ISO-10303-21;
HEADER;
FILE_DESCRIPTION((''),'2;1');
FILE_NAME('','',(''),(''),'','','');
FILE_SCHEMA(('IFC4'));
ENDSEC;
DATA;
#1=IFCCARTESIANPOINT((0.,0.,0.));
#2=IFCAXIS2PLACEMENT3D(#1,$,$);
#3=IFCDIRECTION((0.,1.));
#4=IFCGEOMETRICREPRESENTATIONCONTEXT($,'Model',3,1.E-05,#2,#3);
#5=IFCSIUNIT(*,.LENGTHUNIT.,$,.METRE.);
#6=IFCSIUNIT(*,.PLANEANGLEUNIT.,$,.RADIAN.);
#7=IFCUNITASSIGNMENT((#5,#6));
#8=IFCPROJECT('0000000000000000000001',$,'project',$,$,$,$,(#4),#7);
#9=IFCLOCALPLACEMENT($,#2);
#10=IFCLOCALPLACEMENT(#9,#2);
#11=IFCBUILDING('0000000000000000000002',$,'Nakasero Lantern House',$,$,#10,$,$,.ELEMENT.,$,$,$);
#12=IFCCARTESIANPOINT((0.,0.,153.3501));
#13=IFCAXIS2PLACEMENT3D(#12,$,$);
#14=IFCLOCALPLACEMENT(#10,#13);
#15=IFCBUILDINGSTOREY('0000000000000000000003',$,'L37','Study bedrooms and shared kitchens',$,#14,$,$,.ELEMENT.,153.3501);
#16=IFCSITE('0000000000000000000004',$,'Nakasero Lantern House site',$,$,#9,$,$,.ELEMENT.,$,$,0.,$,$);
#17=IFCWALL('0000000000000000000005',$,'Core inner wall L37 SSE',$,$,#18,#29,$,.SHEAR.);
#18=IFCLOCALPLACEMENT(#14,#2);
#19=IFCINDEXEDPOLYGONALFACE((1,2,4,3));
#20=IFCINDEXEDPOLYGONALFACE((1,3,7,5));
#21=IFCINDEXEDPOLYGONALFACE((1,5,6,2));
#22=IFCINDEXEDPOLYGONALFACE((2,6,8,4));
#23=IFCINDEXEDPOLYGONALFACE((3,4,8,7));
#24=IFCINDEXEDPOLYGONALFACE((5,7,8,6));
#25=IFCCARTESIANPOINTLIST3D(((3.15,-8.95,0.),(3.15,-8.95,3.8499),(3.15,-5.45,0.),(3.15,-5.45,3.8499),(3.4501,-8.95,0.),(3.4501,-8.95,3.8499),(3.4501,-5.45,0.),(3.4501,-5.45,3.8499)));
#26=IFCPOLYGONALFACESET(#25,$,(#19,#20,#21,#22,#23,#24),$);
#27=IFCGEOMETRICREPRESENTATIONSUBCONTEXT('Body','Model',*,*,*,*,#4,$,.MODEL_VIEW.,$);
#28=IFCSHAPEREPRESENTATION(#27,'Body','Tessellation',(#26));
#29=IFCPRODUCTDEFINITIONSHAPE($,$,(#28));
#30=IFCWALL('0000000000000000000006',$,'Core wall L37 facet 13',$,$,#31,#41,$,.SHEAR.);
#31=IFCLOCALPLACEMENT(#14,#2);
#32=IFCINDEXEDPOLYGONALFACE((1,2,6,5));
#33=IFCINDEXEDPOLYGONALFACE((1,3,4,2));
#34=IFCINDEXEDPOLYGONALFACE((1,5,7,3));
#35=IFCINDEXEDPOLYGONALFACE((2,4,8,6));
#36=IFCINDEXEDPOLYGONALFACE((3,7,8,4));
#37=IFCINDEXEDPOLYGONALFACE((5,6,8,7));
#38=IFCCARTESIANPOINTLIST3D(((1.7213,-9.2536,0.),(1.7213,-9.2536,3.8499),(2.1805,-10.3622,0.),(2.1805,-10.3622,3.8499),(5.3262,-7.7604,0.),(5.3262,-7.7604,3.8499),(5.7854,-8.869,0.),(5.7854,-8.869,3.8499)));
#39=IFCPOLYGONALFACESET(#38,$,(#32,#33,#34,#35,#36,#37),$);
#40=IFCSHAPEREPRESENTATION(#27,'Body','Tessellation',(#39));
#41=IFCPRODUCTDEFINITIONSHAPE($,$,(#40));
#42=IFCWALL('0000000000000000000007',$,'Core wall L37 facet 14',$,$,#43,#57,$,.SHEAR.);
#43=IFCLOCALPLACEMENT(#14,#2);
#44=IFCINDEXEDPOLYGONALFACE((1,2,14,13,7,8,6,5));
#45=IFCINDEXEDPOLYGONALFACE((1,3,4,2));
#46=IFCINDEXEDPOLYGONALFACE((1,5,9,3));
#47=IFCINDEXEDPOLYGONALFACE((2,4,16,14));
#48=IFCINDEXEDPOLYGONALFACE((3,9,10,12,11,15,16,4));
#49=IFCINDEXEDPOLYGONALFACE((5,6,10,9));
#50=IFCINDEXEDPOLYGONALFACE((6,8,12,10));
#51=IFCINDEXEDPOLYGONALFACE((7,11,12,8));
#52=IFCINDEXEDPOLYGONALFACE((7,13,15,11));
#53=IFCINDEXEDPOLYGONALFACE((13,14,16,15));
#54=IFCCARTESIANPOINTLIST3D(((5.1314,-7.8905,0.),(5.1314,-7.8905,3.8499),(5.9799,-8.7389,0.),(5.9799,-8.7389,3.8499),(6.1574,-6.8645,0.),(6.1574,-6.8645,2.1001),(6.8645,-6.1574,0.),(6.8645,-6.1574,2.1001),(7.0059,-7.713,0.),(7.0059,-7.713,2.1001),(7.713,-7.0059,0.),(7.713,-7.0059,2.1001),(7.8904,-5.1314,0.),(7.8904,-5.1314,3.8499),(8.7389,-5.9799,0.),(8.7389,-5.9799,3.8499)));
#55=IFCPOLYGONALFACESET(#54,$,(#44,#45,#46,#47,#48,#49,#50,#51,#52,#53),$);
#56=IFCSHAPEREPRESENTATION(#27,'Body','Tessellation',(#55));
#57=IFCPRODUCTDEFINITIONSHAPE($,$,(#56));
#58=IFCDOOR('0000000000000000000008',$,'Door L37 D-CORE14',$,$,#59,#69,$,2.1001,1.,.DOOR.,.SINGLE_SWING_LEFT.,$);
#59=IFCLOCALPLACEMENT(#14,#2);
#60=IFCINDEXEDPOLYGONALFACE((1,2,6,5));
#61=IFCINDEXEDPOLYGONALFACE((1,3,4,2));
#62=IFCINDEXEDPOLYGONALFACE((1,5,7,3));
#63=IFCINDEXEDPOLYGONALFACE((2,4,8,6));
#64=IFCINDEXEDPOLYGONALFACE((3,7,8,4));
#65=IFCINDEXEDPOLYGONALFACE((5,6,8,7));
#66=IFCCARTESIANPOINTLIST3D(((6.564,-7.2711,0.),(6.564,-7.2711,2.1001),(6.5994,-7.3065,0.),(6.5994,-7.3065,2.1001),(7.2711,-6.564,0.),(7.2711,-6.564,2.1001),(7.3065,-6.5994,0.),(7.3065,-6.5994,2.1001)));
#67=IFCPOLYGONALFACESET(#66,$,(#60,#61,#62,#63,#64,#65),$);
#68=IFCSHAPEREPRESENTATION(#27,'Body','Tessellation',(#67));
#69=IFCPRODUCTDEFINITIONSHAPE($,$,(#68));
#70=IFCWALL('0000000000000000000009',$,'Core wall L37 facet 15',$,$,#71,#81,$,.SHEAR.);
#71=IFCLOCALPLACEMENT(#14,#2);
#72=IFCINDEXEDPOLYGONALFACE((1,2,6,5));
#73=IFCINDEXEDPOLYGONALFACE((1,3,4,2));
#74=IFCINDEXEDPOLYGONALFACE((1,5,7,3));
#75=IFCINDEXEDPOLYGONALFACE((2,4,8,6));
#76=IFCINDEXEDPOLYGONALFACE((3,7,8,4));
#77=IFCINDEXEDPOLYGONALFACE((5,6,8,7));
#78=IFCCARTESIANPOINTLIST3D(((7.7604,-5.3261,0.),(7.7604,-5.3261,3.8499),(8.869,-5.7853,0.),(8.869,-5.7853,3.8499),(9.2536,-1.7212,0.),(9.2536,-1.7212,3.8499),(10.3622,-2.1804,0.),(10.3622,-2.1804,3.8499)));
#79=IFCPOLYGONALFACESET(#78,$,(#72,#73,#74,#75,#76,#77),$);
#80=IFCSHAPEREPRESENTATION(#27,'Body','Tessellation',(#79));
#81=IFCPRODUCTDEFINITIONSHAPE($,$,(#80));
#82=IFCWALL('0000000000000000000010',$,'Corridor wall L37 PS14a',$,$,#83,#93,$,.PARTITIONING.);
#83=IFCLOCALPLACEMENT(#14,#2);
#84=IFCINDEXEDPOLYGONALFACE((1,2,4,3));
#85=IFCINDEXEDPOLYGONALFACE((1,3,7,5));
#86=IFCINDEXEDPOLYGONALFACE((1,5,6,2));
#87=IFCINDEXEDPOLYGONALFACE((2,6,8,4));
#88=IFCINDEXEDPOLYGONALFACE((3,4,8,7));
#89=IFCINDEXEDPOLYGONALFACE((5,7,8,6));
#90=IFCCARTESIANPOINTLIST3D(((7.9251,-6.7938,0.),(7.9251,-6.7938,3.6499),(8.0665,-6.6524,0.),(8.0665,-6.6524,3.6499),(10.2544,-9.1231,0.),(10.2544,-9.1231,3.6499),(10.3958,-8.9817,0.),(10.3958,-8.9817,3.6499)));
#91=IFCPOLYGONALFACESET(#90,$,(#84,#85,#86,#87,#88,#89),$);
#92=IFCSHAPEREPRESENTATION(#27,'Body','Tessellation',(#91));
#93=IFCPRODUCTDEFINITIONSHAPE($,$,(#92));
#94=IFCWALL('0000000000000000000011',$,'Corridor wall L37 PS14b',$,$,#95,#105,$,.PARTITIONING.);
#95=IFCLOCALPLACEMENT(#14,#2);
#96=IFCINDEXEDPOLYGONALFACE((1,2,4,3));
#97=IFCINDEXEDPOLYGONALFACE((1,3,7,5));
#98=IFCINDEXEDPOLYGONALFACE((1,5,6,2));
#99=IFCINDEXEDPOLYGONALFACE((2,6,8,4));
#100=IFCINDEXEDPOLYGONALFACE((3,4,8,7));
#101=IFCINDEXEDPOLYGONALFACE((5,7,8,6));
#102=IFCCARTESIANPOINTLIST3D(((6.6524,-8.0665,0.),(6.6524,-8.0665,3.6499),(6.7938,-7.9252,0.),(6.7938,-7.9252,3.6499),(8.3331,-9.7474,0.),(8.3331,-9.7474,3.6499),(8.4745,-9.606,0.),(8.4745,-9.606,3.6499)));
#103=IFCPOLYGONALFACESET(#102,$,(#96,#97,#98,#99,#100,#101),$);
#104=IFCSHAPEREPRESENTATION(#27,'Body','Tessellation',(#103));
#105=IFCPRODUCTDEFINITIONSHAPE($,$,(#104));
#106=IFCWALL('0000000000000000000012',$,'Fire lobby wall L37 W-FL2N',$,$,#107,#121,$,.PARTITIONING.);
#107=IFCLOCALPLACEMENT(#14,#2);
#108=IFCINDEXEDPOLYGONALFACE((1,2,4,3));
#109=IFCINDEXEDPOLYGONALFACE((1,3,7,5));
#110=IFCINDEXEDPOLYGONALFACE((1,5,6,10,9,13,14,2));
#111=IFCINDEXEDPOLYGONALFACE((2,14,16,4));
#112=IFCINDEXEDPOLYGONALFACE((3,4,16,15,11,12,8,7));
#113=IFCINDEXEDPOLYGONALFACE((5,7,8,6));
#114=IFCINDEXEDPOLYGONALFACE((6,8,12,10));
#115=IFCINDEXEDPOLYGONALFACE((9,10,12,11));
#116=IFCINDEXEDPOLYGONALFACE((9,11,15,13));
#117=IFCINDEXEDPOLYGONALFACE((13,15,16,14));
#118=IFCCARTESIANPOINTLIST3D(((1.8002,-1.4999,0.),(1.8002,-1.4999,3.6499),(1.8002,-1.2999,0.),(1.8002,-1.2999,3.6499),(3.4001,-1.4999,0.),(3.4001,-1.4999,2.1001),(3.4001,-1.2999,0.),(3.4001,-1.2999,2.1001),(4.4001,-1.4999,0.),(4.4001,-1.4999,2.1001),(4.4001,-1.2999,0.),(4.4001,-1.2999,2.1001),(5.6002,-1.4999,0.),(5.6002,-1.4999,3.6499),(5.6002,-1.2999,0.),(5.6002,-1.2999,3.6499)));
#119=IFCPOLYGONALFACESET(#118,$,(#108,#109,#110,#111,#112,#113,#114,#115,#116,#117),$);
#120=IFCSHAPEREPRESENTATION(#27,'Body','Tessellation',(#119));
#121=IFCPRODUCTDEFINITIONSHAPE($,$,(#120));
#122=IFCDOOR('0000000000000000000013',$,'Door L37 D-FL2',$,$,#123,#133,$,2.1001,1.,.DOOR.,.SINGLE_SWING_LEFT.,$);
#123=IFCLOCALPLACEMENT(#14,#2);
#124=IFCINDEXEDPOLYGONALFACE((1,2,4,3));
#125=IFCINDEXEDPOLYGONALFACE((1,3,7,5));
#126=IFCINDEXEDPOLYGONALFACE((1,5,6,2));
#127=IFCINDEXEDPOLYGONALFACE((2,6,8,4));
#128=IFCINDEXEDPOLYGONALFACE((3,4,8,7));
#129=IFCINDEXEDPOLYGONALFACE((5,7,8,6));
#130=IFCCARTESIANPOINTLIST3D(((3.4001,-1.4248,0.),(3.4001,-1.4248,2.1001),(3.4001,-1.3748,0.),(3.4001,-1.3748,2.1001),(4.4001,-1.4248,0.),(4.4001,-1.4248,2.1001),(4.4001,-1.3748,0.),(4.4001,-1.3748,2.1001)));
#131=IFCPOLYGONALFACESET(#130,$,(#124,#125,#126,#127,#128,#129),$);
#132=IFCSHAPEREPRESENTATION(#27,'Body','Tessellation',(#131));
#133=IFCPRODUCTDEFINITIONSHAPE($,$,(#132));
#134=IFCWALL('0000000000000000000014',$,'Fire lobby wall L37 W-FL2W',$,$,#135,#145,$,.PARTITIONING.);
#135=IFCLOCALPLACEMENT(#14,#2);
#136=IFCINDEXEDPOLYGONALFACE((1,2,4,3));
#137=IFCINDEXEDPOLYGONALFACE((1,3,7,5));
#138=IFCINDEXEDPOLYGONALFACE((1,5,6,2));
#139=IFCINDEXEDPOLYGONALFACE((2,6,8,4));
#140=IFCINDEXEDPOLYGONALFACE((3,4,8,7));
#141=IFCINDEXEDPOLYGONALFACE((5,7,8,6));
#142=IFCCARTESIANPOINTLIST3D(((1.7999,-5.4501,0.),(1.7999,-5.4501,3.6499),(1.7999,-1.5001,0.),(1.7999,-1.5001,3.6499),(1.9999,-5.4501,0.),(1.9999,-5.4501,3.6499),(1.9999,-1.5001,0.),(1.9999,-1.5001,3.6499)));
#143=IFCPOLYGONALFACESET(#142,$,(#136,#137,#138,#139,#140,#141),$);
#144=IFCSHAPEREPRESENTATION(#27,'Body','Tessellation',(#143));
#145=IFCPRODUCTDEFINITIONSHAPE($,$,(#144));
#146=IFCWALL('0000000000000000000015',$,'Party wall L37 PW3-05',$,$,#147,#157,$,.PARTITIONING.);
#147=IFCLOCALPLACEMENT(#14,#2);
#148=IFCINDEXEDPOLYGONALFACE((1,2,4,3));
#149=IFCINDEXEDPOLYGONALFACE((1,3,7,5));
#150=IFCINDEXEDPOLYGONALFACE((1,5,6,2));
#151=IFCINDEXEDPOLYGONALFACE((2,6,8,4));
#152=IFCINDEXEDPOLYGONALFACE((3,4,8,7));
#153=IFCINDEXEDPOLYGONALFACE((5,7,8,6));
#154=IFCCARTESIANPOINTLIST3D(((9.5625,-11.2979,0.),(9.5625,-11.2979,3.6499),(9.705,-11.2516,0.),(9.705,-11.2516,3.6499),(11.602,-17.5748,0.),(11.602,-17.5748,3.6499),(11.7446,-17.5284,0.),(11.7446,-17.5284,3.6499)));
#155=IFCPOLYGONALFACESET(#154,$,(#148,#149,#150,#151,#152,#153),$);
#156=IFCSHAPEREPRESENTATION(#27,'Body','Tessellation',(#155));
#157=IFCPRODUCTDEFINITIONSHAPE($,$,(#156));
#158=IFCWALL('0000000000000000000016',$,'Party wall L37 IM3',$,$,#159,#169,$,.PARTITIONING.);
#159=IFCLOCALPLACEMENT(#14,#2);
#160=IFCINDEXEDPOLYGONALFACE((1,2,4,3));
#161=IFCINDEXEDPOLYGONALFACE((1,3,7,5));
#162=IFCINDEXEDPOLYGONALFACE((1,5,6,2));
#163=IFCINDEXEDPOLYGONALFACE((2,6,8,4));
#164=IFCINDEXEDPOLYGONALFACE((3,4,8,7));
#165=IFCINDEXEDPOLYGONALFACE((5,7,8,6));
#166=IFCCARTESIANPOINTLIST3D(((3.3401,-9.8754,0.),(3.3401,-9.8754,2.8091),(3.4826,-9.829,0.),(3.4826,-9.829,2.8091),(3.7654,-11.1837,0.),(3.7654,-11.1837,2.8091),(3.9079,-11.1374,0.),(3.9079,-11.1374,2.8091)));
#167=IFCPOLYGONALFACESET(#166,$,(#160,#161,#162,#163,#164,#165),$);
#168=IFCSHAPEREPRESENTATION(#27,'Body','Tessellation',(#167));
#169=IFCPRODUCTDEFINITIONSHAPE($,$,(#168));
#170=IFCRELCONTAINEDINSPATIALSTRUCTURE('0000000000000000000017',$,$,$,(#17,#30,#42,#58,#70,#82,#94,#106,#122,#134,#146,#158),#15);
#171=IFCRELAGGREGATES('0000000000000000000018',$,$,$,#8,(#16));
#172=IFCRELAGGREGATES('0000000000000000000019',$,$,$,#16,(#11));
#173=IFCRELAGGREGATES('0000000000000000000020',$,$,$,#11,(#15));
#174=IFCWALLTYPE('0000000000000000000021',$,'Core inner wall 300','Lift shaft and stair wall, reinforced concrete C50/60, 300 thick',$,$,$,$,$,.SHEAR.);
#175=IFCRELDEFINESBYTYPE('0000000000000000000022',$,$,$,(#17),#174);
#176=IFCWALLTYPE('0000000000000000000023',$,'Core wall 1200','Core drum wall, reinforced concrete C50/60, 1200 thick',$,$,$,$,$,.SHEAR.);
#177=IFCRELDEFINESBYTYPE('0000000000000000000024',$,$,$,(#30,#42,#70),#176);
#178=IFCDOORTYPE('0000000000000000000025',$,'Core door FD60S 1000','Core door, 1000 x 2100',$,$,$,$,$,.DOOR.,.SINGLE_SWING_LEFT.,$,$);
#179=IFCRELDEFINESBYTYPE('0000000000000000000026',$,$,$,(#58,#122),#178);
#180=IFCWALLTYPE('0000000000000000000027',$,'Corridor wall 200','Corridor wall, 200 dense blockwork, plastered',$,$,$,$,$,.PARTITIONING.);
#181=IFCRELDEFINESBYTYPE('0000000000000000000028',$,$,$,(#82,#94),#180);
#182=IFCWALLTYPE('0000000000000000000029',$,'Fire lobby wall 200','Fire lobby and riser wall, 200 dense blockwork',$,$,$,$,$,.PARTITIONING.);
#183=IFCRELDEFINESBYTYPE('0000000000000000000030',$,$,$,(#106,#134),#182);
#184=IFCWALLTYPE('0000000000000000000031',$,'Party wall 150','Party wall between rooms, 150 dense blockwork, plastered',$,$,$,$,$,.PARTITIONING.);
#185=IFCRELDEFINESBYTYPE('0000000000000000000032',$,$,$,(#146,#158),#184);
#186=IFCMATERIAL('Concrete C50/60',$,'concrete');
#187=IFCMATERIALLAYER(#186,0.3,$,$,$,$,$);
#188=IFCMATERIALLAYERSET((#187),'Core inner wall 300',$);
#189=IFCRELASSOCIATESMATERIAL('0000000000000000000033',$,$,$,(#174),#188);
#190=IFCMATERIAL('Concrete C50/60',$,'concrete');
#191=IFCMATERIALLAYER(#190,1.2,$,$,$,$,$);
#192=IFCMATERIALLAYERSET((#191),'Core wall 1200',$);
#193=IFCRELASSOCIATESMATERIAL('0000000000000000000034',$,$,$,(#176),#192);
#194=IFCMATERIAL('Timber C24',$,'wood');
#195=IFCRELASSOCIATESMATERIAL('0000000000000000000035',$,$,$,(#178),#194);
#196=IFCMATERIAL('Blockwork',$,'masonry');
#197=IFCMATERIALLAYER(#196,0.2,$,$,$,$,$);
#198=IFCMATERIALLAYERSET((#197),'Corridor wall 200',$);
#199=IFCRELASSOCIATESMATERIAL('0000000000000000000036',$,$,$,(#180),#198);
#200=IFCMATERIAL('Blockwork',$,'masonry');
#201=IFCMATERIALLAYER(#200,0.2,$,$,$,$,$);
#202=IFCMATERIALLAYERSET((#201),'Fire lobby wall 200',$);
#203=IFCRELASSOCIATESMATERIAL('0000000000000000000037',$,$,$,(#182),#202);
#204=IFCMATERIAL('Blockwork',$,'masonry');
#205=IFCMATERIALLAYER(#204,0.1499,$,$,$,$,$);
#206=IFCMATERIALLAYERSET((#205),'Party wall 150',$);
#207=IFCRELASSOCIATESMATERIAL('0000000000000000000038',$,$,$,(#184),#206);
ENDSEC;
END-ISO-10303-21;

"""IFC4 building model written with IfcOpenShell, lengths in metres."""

from ifc_helpers import new_model, si_unit, direction, frame, frame_2d, origin, place, context, subcontext, project, spatial, rectangle, extrude, material, layer, layer_set, type_object, element, fill, save


model = new_model("IFC4")

# Units and contexts
model_context = context("Model", 3, precision=1e-05, world=origin(), true_north=direction((0.0, 1.0)))
body_context = subcontext(model_context, "Body", "Model", "MODEL_VIEW")
ifc_project = project(units=[si_unit("LENGTHUNIT", "METRE"), si_unit("PLANEANGLEUNIT", "RADIAN")], contexts=[model_context])

# Site, building, storey
site_placement = place(None, origin())
site = spatial("IfcSite", under=ifc_project, at=site_placement, Name="Nakasero Lantern House site", CompositionType="ELEMENT", RefElevation=0.0)
building_placement = place(site_placement, origin())
building = spatial("IfcBuilding", under=site, at=building_placement, Name="Nakasero Lantern House", CompositionType="ELEMENT")
storey_placement = place(building_placement, frame((0.0, 0.0, 153.3501)))
storey = spatial("IfcBuildingStorey", under=building, at=storey_placement, Name="L37", Description="Study bedrooms and shared kitchens", CompositionType="ELEMENT", Elevation=153.3501)

# Shared definitions
ifc_material_1 = material(Name="Concrete C50/60", Category="concrete")
ifc_layer_1 = layer(ifc_material_1, 0.3)
ifc_layer_set_1 = layer_set([ifc_layer_1], Name="Core inner wall 300")
wall_type_1 = type_object("IfcWallType", Name="Core inner wall 300", Description="Lift shaft and stair wall, reinforced concrete C50/60, 300 thick", PredefinedType="SHEAR", material=ifc_layer_set_1)

# Walls
wall_1_placement = place(storey_placement, frame((3.3, -5.45, 0.0), z_axis=(0.0, 0.0, 1.0), x_axis=(0.0, -1.0, 0.0)))
element("IfcWall", 1, at=wall_1_placement, inside=storey, type_object=wall_type_1, Name="Core inner wall L37 SSE", PredefinedType="SHEAR", context=body_context, shape_type="SweptSolid", body=[
    extrude(rectangle(XDim=3.5, YDim=0.3, at=frame_2d((1.75, 0.0))), origin(), (0.0, 0.0, 1.0), 3.8499),
])
ifc_material_2 = material(Name="Concrete C50/60", Category="concrete")
ifc_layer_2 = layer(ifc_material_2, 1.2)
ifc_layer_set_2 = layer_set([ifc_layer_2], Name="Core wall 1200")
wall_type_2 = type_object("IfcWallType", Name="Core wall 1200", Description="Core drum wall, reinforced concrete C50/60, 1200 thick", PredefinedType="SHEAR", material=ifc_layer_set_2)
wall_2_placement = place(storey_placement, frame((1.9509, -9.8079, 0.0), z_axis=(0.0, 0.0, 1.0), x_axis=(0.923877, 0.382691, 0.0)))
element("IfcWall", 2, at=wall_2_placement, inside=storey, type_object=wall_type_2, Name="Core wall L37 facet 13", PredefinedType="SHEAR", context=body_context, shape_type="SweptSolid", body=[
    extrude(rectangle(XDim=3.9019, YDim=1.2, at=frame_2d((1.9509, 0.0))), origin(), (0.0, 0.0, 1.0), 3.8499),
])

# Wall, opening, door
wall_3_placement = place(storey_placement, frame((5.5557, -8.3147, 0.0), z_axis=(0.0, 0.0, 1.0), x_axis=(0.707107, 0.707107, 0.0)))
wall_3 = element("IfcWall", 3, at=wall_3_placement, inside=storey, type_object=wall_type_2, Name="Core wall L37 facet 14", PredefinedType="SHEAR", context=body_context, shape_type="SweptSolid", body=[
    extrude(rectangle(XDim=3.9019, YDim=1.2, at=frame_2d((1.9509, 0.0))), origin(), (0.0, 0.0, 1.0), 3.8499),
])
opening_1_placement = place(wall_3_placement, frame((1.4509, 0.0, 0.0)))
opening_1 = element("IfcOpeningElement", 4, at=opening_1_placement, cuts=wall_3, PredefinedType="OPENING", context=body_context, shape_type="SweptSolid", body=[
    extrude(rectangle(XDim=1.0, YDim=2.1001, at=frame_2d((0.5, 1.05))), frame((0.0, 0.6199, 0.0), z_axis=(0.0, -1.0, 0.0), x_axis=(1.0, 0.0, 0.0)), (0.0, 0.0, 1.0), 1.24),
])
ifc_material_3 = material(Name="Timber C24", Category="wood")
door_type_1 = type_object("IfcDoorType", Name="Core door FD60S 1000", Description="Core door, 1000 x 2100", OperationType="SINGLE_SWING_LEFT", PredefinedType="DOOR", material=ifc_material_3)
door_1_placement = place(opening_1_placement, origin())
door_1 = element("IfcDoor", 5, at=door_1_placement, inside=storey, type_object=door_type_1, Name="Door L37 D-CORE14", OperationType="SINGLE_SWING_LEFT", OverallHeight=2.1001, OverallWidth=1.0, PredefinedType="DOOR", context=body_context, shape_type="SweptSolid", body=[
    extrude(rectangle(XDim=1.0, YDim=2.1001, at=frame_2d((0.5, 1.05))), frame((0.0, 0.0249, 0.0), z_axis=(0.0, -1.0, 0.0), x_axis=(1.0, 0.0, 0.0)), (0.0, 0.0, 1.0), 0.05),
])
fill(opening_1, door_1)

# Walls
wall_4_placement = place(storey_placement, frame((8.3147, -5.5557, 0.0), z_axis=(0.0, 0.0, 1.0), x_axis=(0.382691, 0.923877, 0.0)))
element("IfcWall", 6, at=wall_4_placement, inside=storey, type_object=wall_type_2, Name="Core wall L37 facet 15", PredefinedType="SHEAR", context=body_context, shape_type="SweptSolid", body=[
    extrude(rectangle(XDim=3.9019, YDim=1.2, at=frame_2d((1.9509, 0.0))), origin(), (0.0, 0.0, 1.0), 3.8499),
])
ifc_material_4 = material(Name="Blockwork", Category="masonry")
ifc_layer_3 = layer(ifc_material_4, 0.2)
ifc_layer_set_3 = layer_set([ifc_layer_3], Name="Corridor wall 200")
wall_type_3 = type_object("IfcWallType", Name="Corridor wall 200", Description="Corridor wall, 200 dense blockwork, plastered", PredefinedType="PARTITIONING", material=ifc_layer_set_3)
wall_5_placement = place(storey_placement, frame((7.9958, -6.7231, 0.0), z_axis=(0.0, 0.0, 1.0), x_axis=(0.707107, -0.707107, 0.0)))
element("IfcWall", 7, at=wall_5_placement, inside=storey, type_object=wall_type_3, Name="Corridor wall L37 PS14a", PredefinedType="PARTITIONING", context=body_context, shape_type="SweptSolid", body=[
    extrude(rectangle(XDim=3.2942, YDim=0.2, at=frame_2d((1.647, 0.0))), origin(), (0.0, 0.0, 1.0), 3.6499),
])
wall_6_placement = place(storey_placement, frame((6.7231, -7.9958, 0.0), z_axis=(0.0, 0.0, 1.0), x_axis=(0.707055, -0.707158, 0.0)))
element("IfcWall", 8, at=wall_6_placement, inside=storey, type_object=wall_type_3, Name="Corridor wall L37 PS14b", PredefinedType="PARTITIONING", context=body_context, shape_type="SweptSolid", body=[
    extrude(rectangle(XDim=2.377, YDim=0.2, at=frame_2d((1.1885, 0.0))), origin(), (0.0, 0.0, 1.0), 3.6499),
])

# Wall, opening, door
ifc_material_5 = material(Name="Blockwork", Category="masonry")
ifc_layer_4 = layer(ifc_material_5, 0.2)
ifc_layer_set_4 = layer_set([ifc_layer_4], Name="Fire lobby wall 200")
wall_type_4 = type_object("IfcWallType", Name="Fire lobby wall 200", Description="Fire lobby and riser wall, 200 dense blockwork", PredefinedType="PARTITIONING", material=ifc_layer_set_4)
wall_7_placement = place(storey_placement, frame((5.6001, -1.3999, 0.0), z_axis=(0.0, 0.0, 1.0), x_axis=(-1.0, 0.0, 0.0)))
wall_7 = element("IfcWall", 9, at=wall_7_placement, inside=storey, type_object=wall_type_4, Name="Fire lobby wall L37 W-FL2N", PredefinedType="PARTITIONING", context=body_context, shape_type="SweptSolid", body=[
    extrude(rectangle(XDim=3.8, YDim=0.2, at=frame_2d((1.8999, 0.0))), origin(), (0.0, 0.0, 1.0), 3.6499),
])
opening_2_placement = place(wall_7_placement, frame((1.2, 0.0, 0.0)))
opening_2 = element("IfcOpeningElement", 10, at=opening_2_placement, cuts=wall_7, PredefinedType="OPENING", context=body_context, shape_type="SweptSolid", body=[
    extrude(rectangle(XDim=1.0, YDim=2.1001, at=frame_2d((0.5, 1.05))), frame((0.0, 0.1199, 0.0), z_axis=(0.0, -1.0, 0.0), x_axis=(1.0, 0.0, 0.0)), (0.0, 0.0, 1.0), 0.24),
])
door_2_placement = place(opening_2_placement, origin())
door_2 = element("IfcDoor", 11, at=door_2_placement, inside=storey, type_object=door_type_1, Name="Door L37 D-FL2", OperationType="SINGLE_SWING_LEFT", OverallHeight=2.1001, OverallWidth=1.0, PredefinedType="DOOR", context=body_context, shape_type="SweptSolid", body=[
    extrude(rectangle(XDim=1.0, YDim=2.1001, at=frame_2d((0.5, 1.05))), frame((0.0, 0.0249, 0.0), z_axis=(0.0, -1.0, 0.0), x_axis=(1.0, 0.0, 0.0)), (0.0, 0.0, 1.0), 0.05),
])
fill(opening_2, door_2)

# Walls
wall_8_placement = place(storey_placement, frame((1.8999, -1.5, 0.0), z_axis=(0.0, 0.0, 1.0), x_axis=(0.0, -1.0, 0.0)))
element("IfcWall", 12, at=wall_8_placement, inside=storey, type_object=wall_type_4, Name="Fire lobby wall L37 W-FL2W", PredefinedType="PARTITIONING", context=body_context, shape_type="SweptSolid", body=[
    extrude(rectangle(XDim=3.95, YDim=0.2, at=frame_2d((1.9751, 0.0))), origin(), (0.0, 0.0, 1.0), 3.6499),
])
ifc_material_6 = material(Name="Blockwork", Category="masonry")
ifc_layer_5 = layer(ifc_material_6, 0.1499)
ifc_layer_set_5 = layer_set([ifc_layer_5], Name="Party wall 150")
wall_type_5 = type_object("IfcWallType", Name="Party wall 150", Description="Party wall between rooms, 150 dense blockwork, plastered", PredefinedType="PARTITIONING", material=ifc_layer_set_5)
wall_9_placement = place(storey_placement, frame((9.6338, -11.2749, 0.0), z_axis=(0.0, 0.0, 1.0), x_axis=(0.309028, -0.951053, 0.0)))
element("IfcWall", 13, at=wall_9_placement, inside=storey, type_object=wall_type_5, Name="Party wall L37 PW3-05", PredefinedType="PARTITIONING", context=body_context, shape_type="SweptSolid", body=[
    extrude(rectangle(XDim=6.5999, YDim=0.1499, at=frame_2d((3.2998, 0.0))), origin(), (0.0, 0.0, 1.0), 3.6499),
])
wall_10_placement = place(storey_placement, frame((3.8367, -11.1606, 0.0), z_axis=(0.0, 0.0, 1.0), x_axis=(-0.309138, 0.951017, 0.0)))
element("IfcWall", 14, at=wall_10_placement, inside=storey, type_object=wall_type_5, Name="Party wall L37 IM3", PredefinedType="PARTITIONING", context=body_context, shape_type="SweptSolid", body=[
    extrude(rectangle(XDim=1.3757, YDim=0.1499, at=frame_2d((0.688, 0.0))), origin(), (0.0, 0.0, 1.0), 2.8091),
])

save(model, "model.ifc")
